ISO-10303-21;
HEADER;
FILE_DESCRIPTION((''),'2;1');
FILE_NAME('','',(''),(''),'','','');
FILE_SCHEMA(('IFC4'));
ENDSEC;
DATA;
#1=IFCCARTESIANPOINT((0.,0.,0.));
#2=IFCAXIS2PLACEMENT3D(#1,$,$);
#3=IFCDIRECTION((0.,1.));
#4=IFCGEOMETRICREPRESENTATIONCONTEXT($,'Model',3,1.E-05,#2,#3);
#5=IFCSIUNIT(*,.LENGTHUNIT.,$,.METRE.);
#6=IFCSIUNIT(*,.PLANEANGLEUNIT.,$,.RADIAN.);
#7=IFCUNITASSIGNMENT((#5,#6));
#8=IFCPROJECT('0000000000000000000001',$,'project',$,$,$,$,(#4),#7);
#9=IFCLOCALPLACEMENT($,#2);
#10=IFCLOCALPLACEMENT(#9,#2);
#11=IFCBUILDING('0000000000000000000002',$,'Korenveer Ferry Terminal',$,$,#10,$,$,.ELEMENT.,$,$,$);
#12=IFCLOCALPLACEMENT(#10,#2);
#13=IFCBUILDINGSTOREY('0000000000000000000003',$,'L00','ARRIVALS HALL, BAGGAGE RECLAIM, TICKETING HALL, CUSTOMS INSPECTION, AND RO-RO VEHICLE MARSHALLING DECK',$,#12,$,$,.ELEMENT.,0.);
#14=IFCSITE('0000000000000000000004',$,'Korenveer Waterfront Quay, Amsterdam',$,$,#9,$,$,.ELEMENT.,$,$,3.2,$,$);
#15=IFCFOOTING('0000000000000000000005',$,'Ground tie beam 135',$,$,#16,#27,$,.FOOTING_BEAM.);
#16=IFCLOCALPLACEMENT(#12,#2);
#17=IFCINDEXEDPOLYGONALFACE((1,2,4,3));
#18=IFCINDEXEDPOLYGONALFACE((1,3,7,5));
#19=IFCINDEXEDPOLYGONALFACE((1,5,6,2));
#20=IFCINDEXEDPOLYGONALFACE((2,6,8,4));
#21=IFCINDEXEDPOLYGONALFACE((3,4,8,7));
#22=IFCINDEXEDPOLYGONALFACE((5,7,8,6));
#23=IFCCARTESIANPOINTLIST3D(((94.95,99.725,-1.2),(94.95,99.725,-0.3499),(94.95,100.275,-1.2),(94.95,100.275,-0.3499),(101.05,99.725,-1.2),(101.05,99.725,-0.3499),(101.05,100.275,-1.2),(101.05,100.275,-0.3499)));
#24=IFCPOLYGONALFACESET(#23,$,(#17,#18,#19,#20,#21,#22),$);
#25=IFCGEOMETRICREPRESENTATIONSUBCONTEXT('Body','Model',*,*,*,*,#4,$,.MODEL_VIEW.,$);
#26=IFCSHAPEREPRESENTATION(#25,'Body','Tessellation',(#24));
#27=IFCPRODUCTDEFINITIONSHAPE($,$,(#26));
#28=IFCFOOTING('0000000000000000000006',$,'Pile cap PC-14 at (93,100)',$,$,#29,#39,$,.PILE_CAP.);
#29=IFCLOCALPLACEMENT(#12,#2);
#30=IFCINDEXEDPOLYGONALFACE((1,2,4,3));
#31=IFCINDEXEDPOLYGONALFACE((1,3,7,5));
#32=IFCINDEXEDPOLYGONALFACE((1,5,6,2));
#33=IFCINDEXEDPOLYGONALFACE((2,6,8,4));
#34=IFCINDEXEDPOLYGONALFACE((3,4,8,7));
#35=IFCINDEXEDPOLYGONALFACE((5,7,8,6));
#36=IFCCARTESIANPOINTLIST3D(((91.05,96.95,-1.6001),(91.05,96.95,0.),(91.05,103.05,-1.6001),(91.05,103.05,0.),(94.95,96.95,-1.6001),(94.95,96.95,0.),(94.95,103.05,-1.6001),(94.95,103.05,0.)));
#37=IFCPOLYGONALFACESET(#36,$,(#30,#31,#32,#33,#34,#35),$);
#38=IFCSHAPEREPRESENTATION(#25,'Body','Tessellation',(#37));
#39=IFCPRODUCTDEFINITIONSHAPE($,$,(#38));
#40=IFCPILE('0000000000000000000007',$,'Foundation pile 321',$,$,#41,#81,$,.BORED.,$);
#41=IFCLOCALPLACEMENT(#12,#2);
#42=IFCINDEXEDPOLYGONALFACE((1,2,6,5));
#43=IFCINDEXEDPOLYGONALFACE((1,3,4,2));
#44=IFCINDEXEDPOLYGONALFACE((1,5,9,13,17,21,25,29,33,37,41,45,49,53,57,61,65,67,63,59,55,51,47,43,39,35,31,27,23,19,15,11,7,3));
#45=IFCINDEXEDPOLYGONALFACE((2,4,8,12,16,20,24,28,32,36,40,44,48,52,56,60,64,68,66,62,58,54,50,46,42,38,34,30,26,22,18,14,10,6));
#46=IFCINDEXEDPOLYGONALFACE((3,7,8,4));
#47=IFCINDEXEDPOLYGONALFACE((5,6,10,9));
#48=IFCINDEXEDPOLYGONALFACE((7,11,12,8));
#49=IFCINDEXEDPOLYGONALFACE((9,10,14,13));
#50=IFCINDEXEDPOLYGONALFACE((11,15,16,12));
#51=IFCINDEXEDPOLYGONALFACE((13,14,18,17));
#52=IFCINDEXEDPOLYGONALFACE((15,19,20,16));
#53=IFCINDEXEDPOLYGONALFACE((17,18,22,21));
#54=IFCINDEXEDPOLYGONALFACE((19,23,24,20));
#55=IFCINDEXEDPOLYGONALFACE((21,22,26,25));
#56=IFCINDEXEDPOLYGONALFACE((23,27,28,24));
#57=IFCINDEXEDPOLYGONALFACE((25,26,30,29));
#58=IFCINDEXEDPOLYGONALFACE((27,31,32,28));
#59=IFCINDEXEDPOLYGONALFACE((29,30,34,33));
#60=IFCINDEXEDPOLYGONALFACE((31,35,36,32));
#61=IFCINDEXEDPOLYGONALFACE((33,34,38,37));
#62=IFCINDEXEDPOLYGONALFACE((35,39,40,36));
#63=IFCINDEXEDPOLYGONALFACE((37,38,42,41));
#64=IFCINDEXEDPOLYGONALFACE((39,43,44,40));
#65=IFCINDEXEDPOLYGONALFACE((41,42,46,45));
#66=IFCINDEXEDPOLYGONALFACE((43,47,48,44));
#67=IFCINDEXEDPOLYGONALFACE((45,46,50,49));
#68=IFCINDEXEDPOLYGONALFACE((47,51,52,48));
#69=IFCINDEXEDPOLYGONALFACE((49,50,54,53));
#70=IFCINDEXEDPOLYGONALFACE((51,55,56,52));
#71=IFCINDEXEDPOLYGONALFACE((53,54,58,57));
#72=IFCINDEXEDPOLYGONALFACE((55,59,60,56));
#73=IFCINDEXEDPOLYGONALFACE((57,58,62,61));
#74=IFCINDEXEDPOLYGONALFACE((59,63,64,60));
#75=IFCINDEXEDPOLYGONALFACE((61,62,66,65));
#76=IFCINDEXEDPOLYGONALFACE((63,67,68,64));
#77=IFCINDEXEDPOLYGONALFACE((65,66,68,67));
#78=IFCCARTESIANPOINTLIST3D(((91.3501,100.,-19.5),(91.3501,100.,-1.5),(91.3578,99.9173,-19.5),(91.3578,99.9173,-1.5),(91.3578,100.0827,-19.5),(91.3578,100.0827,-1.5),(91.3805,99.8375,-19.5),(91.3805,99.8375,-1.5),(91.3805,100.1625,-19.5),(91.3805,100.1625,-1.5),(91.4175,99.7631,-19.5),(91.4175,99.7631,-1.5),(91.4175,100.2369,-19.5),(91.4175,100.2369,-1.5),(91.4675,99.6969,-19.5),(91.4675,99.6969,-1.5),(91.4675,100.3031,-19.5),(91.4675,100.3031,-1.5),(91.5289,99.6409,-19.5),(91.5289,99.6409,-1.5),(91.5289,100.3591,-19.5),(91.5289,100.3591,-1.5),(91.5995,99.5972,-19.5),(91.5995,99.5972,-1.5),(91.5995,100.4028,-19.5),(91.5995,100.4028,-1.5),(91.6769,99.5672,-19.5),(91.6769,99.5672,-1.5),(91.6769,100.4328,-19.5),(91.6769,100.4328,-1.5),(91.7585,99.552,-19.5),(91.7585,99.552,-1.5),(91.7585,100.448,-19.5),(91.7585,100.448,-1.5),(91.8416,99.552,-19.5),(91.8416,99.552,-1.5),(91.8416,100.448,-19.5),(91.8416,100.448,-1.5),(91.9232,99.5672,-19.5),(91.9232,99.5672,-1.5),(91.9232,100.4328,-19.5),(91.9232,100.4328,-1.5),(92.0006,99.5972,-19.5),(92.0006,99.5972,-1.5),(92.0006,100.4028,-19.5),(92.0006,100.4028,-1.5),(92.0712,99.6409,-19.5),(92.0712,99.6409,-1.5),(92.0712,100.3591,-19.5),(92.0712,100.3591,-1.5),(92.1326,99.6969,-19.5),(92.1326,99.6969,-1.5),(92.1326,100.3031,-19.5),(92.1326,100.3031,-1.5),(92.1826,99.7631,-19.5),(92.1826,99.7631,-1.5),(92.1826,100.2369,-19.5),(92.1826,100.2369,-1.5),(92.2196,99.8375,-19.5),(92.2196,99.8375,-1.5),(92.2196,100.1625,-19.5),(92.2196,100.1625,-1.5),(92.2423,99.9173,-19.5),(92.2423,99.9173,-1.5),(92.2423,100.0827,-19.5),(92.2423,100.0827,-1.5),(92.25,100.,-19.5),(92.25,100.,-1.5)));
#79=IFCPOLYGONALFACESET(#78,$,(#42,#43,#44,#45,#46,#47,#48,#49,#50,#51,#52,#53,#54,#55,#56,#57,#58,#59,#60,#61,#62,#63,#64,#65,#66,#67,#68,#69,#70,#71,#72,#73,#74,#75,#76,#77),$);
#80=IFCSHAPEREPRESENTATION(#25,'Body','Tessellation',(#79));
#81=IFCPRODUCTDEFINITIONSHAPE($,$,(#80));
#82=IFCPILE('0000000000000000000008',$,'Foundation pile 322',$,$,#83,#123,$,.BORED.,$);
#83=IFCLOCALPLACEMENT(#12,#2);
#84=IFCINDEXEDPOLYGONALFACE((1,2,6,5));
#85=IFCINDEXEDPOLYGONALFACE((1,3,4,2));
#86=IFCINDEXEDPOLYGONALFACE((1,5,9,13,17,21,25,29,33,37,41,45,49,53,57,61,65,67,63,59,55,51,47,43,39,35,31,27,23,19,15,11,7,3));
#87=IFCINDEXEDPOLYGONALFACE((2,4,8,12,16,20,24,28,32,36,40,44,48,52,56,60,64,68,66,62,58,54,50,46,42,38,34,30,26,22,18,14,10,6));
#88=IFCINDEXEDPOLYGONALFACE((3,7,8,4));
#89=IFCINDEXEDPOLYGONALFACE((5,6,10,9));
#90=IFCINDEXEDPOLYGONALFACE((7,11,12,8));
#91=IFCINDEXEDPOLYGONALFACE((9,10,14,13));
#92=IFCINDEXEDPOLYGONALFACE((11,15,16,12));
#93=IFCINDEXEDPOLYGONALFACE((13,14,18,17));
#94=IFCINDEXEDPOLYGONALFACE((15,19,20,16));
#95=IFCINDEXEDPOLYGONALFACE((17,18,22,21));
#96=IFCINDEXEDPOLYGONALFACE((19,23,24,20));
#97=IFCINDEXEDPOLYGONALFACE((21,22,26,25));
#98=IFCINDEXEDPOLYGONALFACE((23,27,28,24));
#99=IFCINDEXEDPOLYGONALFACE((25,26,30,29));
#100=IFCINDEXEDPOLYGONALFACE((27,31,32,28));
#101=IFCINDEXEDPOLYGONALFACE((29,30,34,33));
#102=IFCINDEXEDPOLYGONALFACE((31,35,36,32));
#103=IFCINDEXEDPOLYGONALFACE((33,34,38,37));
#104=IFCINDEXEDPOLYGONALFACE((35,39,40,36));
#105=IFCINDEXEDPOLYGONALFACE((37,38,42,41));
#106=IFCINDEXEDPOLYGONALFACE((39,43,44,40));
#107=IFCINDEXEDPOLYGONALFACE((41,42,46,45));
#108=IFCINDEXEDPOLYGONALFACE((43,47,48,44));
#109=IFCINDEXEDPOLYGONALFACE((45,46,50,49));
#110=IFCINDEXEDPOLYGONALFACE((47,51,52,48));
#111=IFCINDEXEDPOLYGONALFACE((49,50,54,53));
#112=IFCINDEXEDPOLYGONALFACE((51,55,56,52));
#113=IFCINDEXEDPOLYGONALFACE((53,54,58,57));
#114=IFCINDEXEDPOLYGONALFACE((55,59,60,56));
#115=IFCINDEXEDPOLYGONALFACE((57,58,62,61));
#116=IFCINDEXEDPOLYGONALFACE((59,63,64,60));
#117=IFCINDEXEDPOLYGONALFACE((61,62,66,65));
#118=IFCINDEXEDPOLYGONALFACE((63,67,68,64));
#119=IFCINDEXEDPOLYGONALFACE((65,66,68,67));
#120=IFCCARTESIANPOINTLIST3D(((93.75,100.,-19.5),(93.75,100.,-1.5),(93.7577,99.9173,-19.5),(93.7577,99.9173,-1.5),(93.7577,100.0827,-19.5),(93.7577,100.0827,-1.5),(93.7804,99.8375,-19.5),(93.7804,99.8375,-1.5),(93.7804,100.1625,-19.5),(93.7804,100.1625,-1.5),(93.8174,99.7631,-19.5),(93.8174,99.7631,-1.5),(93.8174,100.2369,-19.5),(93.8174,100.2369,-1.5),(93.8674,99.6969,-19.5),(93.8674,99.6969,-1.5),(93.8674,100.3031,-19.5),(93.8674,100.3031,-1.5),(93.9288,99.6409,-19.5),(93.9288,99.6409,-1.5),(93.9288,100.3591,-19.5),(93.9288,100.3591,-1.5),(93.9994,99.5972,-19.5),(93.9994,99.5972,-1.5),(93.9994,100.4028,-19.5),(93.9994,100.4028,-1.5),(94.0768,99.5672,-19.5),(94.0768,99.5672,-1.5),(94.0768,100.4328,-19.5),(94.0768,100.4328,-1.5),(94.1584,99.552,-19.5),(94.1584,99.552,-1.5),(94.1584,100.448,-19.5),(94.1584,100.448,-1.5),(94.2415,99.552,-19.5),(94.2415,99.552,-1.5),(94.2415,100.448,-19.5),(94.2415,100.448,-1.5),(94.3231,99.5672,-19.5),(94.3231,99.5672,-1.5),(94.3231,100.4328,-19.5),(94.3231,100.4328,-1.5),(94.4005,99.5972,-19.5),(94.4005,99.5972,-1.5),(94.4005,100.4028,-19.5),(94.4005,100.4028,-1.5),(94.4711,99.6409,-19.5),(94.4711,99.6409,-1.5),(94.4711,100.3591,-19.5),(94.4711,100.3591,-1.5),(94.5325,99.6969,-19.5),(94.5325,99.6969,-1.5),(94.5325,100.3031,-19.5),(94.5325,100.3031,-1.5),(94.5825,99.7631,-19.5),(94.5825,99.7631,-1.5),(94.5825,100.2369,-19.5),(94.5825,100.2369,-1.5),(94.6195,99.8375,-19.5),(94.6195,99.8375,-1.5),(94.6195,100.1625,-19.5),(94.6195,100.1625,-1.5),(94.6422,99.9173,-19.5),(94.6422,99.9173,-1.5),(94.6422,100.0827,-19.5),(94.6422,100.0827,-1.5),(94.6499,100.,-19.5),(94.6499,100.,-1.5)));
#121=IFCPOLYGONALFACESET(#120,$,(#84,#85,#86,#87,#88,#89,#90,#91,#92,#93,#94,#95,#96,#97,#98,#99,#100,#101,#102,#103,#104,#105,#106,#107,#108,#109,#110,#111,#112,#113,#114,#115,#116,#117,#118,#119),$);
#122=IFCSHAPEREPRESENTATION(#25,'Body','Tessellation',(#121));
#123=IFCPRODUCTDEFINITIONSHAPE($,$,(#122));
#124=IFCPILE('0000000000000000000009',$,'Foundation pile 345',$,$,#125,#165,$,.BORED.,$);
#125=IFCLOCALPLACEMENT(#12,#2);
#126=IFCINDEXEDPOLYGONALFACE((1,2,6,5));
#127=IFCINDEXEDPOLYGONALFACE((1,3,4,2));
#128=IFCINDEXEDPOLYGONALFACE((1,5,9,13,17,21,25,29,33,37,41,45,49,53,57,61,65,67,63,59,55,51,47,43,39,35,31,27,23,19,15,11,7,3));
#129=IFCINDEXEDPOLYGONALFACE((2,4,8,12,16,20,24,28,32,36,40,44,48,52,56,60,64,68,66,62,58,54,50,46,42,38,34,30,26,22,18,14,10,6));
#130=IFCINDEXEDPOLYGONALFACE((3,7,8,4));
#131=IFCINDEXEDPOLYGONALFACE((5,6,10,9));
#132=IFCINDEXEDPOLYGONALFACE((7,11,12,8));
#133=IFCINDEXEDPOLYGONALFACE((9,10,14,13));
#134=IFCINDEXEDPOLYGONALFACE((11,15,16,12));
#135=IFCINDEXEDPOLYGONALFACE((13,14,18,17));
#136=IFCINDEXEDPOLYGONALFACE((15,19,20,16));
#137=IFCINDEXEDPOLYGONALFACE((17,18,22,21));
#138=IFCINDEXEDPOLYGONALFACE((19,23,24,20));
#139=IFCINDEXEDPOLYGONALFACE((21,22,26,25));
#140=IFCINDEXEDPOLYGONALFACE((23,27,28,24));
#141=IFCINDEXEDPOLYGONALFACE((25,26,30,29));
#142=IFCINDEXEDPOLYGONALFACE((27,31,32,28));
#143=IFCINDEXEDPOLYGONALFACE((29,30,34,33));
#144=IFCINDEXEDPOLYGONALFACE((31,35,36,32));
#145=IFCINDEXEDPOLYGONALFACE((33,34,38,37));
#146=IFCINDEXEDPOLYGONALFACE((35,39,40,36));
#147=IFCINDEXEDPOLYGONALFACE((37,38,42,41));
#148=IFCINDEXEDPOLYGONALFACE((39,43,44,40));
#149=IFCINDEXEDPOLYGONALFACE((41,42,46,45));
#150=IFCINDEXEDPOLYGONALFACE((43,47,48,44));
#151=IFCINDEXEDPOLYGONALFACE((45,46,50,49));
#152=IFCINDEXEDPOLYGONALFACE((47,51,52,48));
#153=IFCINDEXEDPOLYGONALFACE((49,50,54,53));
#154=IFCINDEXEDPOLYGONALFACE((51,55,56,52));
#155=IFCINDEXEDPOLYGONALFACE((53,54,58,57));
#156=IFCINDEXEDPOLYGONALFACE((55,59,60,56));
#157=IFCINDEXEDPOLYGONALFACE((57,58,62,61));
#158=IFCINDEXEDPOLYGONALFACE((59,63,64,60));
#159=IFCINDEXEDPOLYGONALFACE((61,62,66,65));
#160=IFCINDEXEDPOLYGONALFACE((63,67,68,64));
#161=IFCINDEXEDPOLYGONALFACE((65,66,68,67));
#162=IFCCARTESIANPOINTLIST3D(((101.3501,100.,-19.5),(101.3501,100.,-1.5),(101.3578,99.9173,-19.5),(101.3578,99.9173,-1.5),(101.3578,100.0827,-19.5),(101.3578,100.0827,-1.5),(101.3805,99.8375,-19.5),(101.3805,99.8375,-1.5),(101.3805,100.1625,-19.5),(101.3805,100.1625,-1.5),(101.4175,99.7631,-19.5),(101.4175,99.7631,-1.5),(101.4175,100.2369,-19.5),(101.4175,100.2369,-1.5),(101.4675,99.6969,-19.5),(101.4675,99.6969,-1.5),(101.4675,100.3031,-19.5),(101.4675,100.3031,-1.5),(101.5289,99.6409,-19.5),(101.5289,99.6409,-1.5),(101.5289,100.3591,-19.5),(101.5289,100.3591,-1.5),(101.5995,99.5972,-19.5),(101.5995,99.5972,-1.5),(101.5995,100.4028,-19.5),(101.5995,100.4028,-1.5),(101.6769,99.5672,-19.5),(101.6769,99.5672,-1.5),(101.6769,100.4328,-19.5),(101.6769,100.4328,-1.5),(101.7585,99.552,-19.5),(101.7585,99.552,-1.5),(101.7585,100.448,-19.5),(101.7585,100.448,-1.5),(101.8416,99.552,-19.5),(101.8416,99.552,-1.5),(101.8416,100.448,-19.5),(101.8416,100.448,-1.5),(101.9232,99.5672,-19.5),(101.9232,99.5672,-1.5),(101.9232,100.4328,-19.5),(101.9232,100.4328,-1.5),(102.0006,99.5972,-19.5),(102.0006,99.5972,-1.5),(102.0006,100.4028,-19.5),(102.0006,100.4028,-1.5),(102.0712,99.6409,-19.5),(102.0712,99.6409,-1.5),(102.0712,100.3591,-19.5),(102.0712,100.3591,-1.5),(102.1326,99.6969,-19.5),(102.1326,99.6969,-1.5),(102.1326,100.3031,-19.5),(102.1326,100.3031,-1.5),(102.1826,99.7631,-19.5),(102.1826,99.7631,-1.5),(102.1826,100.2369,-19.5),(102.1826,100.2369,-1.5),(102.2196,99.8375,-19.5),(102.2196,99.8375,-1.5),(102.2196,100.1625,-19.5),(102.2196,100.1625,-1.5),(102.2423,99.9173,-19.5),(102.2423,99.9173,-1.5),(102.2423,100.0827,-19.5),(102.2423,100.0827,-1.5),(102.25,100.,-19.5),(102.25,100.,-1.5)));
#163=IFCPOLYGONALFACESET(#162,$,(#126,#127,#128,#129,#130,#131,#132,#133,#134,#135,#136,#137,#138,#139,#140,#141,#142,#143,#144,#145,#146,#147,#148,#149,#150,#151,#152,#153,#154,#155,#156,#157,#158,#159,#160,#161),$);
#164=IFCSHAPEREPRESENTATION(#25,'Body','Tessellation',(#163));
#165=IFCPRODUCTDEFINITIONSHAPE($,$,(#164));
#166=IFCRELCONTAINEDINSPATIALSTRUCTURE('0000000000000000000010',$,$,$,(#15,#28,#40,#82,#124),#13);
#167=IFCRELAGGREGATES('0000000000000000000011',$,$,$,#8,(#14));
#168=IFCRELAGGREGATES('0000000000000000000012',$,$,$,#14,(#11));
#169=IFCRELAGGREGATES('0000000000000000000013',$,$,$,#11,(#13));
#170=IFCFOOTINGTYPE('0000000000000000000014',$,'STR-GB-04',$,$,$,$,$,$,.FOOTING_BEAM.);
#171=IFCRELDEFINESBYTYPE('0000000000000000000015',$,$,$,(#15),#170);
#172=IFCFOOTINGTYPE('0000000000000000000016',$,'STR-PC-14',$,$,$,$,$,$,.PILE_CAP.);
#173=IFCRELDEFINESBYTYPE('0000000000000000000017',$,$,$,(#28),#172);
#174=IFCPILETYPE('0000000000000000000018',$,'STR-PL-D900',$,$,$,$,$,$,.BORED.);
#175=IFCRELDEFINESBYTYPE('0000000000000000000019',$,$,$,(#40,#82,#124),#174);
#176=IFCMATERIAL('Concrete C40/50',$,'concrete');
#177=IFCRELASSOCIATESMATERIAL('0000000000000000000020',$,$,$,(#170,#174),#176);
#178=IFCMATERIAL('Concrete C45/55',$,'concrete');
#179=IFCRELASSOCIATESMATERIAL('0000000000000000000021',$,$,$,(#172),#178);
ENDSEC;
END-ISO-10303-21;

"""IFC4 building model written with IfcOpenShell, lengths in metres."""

from ifc_helpers import new_model, si_unit, direction, frame, origin, origin_2d, place, context, subcontext, project, spatial, rectangle, circle, extrude, material, material_profile, profile_set, type_object, element, save


model = new_model("IFC4")

# Units and contexts
model_context = context("Model", 3, precision=1e-05, world=origin(), true_north=direction((0.0, 1.0)))
body_context = subcontext(model_context, "Body", "Model", "MODEL_VIEW")
ifc_project = project(units=[si_unit("LENGTHUNIT", "METRE"), si_unit("PLANEANGLEUNIT", "RADIAN")], contexts=[model_context])

# Site, building, storey
site_placement = place(None, origin())
site = spatial("IfcSite", under=ifc_project, at=site_placement, Name="Korenveer Waterfront Quay, Amsterdam", CompositionType="ELEMENT", RefElevation=3.2)
building_placement = place(site_placement, origin())
building = spatial("IfcBuilding", under=site, at=building_placement, Name="Korenveer Ferry Terminal", CompositionType="ELEMENT")
storey_placement = place(building_placement, origin())
storey = spatial("IfcBuildingStorey", under=building, at=storey_placement, Name="L00", Description="ARRIVALS HALL, BAGGAGE RECLAIM, TICKETING HALL, CUSTOMS INSPECTION, AND RO-RO VEHICLE MARSHALLING DECK", CompositionType="ELEMENT", Elevation=0.0)

# Footings
ifc_material_1 = material(Name="Concrete C40/50", Category="concrete")
footing_type_1 = type_object("IfcFootingType", Name="STR-GB-04", PredefinedType="FOOTING_BEAM", material=ifc_material_1)
footing_1_placement = place(storey_placement, frame((98.0, 100.0, -1.2), z_axis=(0.0, 0.0, 1.0), x_axis=(1.0, 0.0, 0.0)))
element("IfcFooting", 1, at=footing_1_placement, inside=storey, type_object=footing_type_1, Name="Ground tie beam 135", PredefinedType="FOOTING_BEAM", context=body_context, shape_type="SweptSolid", body=[
    extrude(rectangle(XDim=6.1001, YDim=0.55, at=origin_2d()), origin(), (0.0, 0.0, 1.0), 0.8501),
])
ifc_material_2 = material(Name="Concrete C45/55", Category="concrete")
footing_type_2 = type_object("IfcFootingType", Name="STR-PC-14", PredefinedType="PILE_CAP", material=ifc_material_2)
footing_2_placement = place(storey_placement, frame((93.0, 100.0, -1.6001), z_axis=(0.0, 0.0, 1.0), x_axis=(1.0, 0.0, 0.0)))
element("IfcFooting", 2, at=footing_2_placement, inside=storey, type_object=footing_type_2, Name="Pile cap PC-14 at (93,100)", PredefinedType="PILE_CAP", context=body_context, shape_type="SweptSolid", body=[
    extrude(rectangle(XDim=3.8999, YDim=6.1001, at=origin_2d()), origin(), (0.0, 0.0, 1.0), 1.6001),
])

# Piles
ifc_material_profile_1 = material_profile(ifc_material_1, circle(Radius=0.45, at=origin_2d()), Name="PILE D900")
ifc_profile_set_1 = profile_set([ifc_material_profile_1], Name="Concrete C40/50")
pile_type = type_object("IfcPileType", Name="STR-PL-D900", PredefinedType="BORED", material=ifc_profile_set_1)
for number, where, z_axis, x_axis, name in (
    (3, (91.8, 100.0, -1.5), (0.0, 0.0, -1.0), (1.0, 0.0, 0.0), "Foundation pile 321"),
    (4, (94.2, 100.0, -1.5), (0.0, 0.0, -1.0), (1.0, 0.0, 0.0), "Foundation pile 322"),
    (5, (101.8, 100.0, -1.5), (0.0, 0.0, -1.0), (1.0, 0.0, 0.0), "Foundation pile 345"),
):
    element("IfcPile", number, at=place(storey_placement, frame(where, z_axis=z_axis, x_axis=x_axis)), inside=storey, type_object=pile_type, Name=name, PredefinedType="BORED", context=body_context, shape_type="SweptSolid", body=[
        extrude(circle(Radius=0.45, at=origin_2d()), origin(), (0.0, 0.0, 1.0), 18.0),
    ])

save(model, "model.ifc")
